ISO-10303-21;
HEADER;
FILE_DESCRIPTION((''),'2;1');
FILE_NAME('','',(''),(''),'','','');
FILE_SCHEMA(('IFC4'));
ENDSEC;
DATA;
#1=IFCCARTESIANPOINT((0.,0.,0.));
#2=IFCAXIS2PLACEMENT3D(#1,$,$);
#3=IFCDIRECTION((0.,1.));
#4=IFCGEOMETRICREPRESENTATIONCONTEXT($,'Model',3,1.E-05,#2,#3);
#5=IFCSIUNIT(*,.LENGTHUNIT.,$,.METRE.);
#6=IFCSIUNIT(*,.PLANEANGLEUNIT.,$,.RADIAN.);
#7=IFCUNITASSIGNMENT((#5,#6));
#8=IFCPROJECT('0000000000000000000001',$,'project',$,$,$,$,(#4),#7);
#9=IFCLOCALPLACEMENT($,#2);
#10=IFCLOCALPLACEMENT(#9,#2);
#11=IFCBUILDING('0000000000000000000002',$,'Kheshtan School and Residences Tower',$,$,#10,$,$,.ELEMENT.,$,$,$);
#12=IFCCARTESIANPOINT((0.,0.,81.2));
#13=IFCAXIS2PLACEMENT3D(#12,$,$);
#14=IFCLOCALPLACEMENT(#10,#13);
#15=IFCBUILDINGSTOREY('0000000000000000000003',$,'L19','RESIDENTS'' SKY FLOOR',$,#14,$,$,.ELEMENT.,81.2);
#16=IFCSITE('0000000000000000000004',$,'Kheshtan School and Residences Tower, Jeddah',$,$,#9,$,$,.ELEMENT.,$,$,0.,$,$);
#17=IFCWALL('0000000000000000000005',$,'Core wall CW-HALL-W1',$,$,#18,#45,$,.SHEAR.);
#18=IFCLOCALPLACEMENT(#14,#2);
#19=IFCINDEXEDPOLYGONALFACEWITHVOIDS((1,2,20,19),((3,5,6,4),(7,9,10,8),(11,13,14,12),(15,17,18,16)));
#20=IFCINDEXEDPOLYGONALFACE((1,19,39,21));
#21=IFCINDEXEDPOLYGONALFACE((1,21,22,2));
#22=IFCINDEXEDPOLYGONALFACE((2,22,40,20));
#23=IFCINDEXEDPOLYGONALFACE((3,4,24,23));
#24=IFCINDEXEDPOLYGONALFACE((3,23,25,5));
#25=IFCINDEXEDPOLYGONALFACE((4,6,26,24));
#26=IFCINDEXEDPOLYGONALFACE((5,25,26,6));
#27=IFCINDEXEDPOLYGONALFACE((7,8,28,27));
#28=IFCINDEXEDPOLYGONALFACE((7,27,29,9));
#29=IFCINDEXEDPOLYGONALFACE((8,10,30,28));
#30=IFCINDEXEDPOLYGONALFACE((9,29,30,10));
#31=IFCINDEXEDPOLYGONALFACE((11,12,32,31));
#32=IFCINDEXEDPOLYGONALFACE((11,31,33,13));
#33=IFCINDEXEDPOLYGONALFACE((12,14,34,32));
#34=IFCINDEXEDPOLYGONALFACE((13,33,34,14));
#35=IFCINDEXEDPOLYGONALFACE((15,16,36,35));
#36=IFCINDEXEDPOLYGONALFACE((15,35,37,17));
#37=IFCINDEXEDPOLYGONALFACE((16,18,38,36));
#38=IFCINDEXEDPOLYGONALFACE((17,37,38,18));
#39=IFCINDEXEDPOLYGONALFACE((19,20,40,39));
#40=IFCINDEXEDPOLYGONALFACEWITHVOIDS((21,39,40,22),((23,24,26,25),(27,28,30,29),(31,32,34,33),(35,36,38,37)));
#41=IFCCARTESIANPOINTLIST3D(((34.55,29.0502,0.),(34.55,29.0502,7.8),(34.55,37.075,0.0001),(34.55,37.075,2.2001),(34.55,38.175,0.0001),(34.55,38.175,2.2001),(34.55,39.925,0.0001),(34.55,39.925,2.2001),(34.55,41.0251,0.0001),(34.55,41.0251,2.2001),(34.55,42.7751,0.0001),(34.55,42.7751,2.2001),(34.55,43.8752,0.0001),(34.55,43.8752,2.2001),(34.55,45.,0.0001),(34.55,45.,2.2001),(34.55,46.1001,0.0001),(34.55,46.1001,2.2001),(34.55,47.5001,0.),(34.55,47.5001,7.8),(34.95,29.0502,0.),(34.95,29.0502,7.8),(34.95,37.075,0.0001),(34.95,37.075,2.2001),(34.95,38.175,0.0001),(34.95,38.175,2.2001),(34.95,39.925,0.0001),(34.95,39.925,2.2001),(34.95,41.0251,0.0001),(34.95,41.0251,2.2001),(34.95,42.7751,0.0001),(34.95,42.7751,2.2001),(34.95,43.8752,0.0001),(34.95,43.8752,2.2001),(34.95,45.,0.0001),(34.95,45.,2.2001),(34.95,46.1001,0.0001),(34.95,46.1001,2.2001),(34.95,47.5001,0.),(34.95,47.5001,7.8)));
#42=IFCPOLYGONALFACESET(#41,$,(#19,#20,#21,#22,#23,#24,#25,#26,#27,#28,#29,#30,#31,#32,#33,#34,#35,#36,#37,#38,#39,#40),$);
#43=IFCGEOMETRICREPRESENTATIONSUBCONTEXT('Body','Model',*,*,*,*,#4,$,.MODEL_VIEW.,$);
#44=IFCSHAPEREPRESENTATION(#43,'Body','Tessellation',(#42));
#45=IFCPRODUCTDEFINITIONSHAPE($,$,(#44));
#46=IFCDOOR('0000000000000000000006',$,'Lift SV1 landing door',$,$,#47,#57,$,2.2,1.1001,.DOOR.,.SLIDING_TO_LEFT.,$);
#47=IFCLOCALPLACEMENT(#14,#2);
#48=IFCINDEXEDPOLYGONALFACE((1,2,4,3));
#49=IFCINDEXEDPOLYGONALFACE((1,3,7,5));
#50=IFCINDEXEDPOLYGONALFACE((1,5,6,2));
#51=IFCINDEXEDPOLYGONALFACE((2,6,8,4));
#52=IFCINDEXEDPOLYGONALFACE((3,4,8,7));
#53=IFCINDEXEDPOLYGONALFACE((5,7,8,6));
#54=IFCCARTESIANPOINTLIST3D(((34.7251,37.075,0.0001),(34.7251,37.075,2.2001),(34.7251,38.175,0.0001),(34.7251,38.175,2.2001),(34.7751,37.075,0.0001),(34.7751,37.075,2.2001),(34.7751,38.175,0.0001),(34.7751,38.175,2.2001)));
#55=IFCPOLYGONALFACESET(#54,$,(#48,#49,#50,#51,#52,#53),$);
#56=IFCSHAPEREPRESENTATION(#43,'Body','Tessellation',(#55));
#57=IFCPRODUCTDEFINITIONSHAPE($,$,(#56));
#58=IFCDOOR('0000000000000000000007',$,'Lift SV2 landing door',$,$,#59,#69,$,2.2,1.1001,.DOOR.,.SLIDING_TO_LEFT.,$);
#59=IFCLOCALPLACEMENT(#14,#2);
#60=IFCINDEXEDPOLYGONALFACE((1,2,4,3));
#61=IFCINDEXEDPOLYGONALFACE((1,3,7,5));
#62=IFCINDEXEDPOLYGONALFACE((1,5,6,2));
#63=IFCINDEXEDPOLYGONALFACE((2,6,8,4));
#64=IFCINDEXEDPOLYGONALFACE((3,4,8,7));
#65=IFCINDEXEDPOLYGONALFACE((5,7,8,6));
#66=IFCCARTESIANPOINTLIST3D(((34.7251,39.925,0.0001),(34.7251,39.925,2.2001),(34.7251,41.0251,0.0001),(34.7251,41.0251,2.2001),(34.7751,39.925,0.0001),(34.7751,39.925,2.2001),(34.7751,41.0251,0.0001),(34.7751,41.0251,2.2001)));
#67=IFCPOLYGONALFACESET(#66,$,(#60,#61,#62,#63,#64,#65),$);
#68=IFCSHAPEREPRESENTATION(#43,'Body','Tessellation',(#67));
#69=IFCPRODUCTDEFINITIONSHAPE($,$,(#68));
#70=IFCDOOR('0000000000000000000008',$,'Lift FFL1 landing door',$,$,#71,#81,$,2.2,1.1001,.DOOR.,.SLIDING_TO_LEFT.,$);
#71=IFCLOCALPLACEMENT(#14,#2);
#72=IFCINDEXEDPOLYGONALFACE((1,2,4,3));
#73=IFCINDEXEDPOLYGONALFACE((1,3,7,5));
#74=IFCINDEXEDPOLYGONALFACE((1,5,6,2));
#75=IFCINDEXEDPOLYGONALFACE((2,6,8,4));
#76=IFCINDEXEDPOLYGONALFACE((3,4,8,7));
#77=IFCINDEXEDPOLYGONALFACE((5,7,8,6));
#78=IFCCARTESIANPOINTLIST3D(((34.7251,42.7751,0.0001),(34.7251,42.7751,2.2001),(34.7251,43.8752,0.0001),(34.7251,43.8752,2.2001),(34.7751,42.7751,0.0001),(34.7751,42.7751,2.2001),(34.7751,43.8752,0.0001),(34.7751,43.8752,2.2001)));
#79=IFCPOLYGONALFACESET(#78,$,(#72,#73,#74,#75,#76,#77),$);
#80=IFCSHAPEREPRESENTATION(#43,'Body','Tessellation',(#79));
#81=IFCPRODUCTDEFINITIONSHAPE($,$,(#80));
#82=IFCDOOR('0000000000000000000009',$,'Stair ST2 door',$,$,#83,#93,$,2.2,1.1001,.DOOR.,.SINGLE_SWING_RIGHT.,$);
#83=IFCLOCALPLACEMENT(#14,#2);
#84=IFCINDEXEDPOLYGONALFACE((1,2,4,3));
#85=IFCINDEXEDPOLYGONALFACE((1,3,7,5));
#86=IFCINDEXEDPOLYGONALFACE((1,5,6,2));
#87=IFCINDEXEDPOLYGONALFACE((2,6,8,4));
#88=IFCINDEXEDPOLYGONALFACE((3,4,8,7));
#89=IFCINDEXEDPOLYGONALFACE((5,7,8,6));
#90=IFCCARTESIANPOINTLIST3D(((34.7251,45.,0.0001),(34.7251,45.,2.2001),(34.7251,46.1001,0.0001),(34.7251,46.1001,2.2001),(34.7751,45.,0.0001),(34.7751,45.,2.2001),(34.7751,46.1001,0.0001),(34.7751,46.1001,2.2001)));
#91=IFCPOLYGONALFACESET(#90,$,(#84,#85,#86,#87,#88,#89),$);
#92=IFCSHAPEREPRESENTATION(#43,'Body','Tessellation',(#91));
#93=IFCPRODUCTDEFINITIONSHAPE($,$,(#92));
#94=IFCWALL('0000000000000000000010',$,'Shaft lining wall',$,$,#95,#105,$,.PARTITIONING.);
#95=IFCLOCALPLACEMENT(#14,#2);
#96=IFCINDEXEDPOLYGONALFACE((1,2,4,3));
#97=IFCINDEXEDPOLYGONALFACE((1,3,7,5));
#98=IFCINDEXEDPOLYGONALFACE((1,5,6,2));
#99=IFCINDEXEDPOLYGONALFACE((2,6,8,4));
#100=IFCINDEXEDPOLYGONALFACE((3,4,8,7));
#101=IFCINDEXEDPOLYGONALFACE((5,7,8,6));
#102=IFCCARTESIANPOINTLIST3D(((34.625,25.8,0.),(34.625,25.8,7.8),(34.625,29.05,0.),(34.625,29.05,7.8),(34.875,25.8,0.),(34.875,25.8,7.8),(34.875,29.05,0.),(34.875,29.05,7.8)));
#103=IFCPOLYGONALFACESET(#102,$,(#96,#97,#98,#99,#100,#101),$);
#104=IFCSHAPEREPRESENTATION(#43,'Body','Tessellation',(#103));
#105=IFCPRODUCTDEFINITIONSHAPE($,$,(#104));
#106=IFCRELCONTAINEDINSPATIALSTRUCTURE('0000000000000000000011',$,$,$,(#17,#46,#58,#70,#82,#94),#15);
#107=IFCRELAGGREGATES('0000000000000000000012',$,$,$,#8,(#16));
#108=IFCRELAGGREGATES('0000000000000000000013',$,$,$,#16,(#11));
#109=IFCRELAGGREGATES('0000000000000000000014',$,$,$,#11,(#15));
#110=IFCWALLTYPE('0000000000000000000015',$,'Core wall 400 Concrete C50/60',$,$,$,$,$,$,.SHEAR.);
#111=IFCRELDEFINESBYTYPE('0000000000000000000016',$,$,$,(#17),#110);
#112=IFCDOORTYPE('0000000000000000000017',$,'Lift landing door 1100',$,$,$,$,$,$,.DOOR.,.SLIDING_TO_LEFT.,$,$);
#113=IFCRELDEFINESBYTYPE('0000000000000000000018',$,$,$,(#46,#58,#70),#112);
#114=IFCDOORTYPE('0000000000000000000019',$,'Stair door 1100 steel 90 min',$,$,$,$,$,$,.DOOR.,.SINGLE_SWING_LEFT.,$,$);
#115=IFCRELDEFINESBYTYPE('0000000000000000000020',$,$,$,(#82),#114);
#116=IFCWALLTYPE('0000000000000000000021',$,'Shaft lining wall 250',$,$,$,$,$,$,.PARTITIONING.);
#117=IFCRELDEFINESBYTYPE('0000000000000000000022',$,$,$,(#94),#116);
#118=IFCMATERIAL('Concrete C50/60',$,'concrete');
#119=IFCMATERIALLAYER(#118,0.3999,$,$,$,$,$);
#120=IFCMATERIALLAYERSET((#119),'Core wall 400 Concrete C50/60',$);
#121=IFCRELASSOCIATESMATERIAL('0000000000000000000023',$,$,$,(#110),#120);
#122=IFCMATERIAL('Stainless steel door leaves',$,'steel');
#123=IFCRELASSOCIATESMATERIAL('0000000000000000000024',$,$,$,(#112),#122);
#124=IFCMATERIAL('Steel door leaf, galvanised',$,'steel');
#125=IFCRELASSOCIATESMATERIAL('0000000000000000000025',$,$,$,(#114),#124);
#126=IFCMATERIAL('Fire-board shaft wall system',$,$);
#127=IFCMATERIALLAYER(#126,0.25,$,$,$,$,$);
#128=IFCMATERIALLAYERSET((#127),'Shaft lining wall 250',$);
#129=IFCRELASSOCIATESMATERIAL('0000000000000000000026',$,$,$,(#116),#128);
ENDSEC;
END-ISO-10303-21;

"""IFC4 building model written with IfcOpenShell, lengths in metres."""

from ifc_helpers import new_model, si_unit, direction, frame, frame_2d, origin, place, context, subcontext, project, spatial, rectangle, extrude, source, transform, mapped, material, layer, layer_set, type_object, element, fill, save


model = new_model("IFC4")

# Units and contexts
model_context = context("Model", 3, precision=1e-05, world=origin(), true_north=direction((0.0, 1.0)))
body_context = subcontext(model_context, "Body", "Model", "MODEL_VIEW")
ifc_project = project(units=[si_unit("LENGTHUNIT", "METRE"), si_unit("PLANEANGLEUNIT", "RADIAN")], contexts=[model_context])

# Site, building, storey
site_placement = place(None, origin())
site = spatial("IfcSite", under=ifc_project, at=site_placement, Name="Kheshtan School and Residences Tower, Jeddah", CompositionType="ELEMENT", RefElevation=0.0)
building_placement = place(site_placement, origin())
building = spatial("IfcBuilding", under=site, at=building_placement, Name="Kheshtan School and Residences Tower", CompositionType="ELEMENT")
storey_placement = place(building_placement, frame((0.0, 0.0, 81.2)))
storey = spatial("IfcBuildingStorey", under=building, at=storey_placement, Name="L19", Description="RESIDENTS' SKY FLOOR", CompositionType="ELEMENT", Elevation=81.2)

# Shared definitions
ifc_material_1 = material(Name="Steel door leaf, galvanised", Category="steel")

# Shared definitions
ifc_material_2 = material(Name="Concrete C50/60", Category="concrete")
ifc_layer_1 = layer(ifc_material_2, 0.3999)
ifc_layer_set_1 = layer_set([ifc_layer_1], Name="Core wall 400 Concrete C50/60")
wall_type_1 = type_object("IfcWallType", Name="Core wall 400 Concrete C50/60", PredefinedType="SHEAR", material=ifc_layer_set_1)
ifc_material_3 = material(Name="Stainless steel door leaves", Category="steel")
door_type_1 = type_object("IfcDoorType", Name="Lift landing door 1100", OperationType="SLIDING_TO_LEFT", PredefinedType="DOOR", material=ifc_material_3)
shared_shape_1 = source(origin(), body_context, "Body", "SweptSolid", [
    extrude(rectangle(XDim=1.1001, YDim=2.2, at=frame_2d((0.55, 1.1001))), frame((0.0, 0.0249, 0.0), z_axis=(0.0, -1.0, 0.0), x_axis=(1.0, 0.0, 0.0)), (0.0, 0.0, 1.0), 0.05),
])

# Wall, openings, doors
wall_1_placement = place(storey_placement, frame((34.75, 29.05, 0.0), z_axis=(0.0, 0.0, 1.0), x_axis=(0.0, 1.0, 0.0)))
wall_1 = element("IfcWall", 1, at=wall_1_placement, inside=storey, type_object=wall_type_1, Name="Core wall CW-HALL-W1", PredefinedType="SHEAR", context=body_context, shape_type="SweptSolid", body=[
    extrude(rectangle(XDim=18.45, YDim=0.3999, at=frame_2d((9.2251, 0.0))), origin(), (0.0, 0.0, 1.0), 7.8),
])
opening_1_placement = place(wall_1_placement, frame((8.0249, 0.0, 0.0)))
opening_1 = element("IfcOpeningElement", 2, at=opening_1_placement, cuts=wall_1, PredefinedType="OPENING", context=body_context, shape_type="SweptSolid", body=[
    extrude(rectangle(XDim=1.1001, YDim=2.2, at=frame_2d((0.55, 1.1001))), frame((0.0, 0.21, 0.0), z_axis=(0.0, -1.0, 0.0), x_axis=(1.0, 0.0, 0.0)), (0.0, 0.0, 1.0), 0.4199),
])
opening_2_placement = place(wall_1_placement, frame((10.875, 0.0, 0.0)))
opening_2 = element("IfcOpeningElement", 3, at=opening_2_placement, cuts=wall_1, PredefinedType="OPENING", context=body_context, shape_type="SweptSolid", body=[
    extrude(rectangle(XDim=1.1001, YDim=2.2, at=frame_2d((0.55, 1.1001))), frame((0.0, 0.21, 0.0), z_axis=(0.0, -1.0, 0.0), x_axis=(1.0, 0.0, 0.0)), (0.0, 0.0, 1.0), 0.4199),
])
opening_3_placement = place(wall_1_placement, frame((13.7251, 0.0, 0.0)))
opening_3 = element("IfcOpeningElement", 4, at=opening_3_placement, cuts=wall_1, PredefinedType="OPENING", context=body_context, shape_type="SweptSolid", body=[
    extrude(rectangle(XDim=1.1001, YDim=2.2, at=frame_2d((0.55, 1.1001))), frame((0.0, 0.21, 0.0), z_axis=(0.0, -1.0, 0.0), x_axis=(1.0, 0.0, 0.0)), (0.0, 0.0, 1.0), 0.4199),
])
opening_4_placement = place(wall_1_placement, frame((15.95, 0.0, 0.0)))
opening_4 = element("IfcOpeningElement", 5, at=opening_4_placement, cuts=wall_1, PredefinedType="OPENING", context=body_context, shape_type="SweptSolid", body=[
    extrude(rectangle(XDim=1.1001, YDim=2.2, at=frame_2d((0.55, 1.1001))), frame((0.0, 0.21, 0.0), z_axis=(0.0, -1.0, 0.0), x_axis=(1.0, 0.0, 0.0)), (0.0, 0.0, 1.0), 0.4199),
])
door_1_placement = place(opening_1_placement, origin())
door_1 = element("IfcDoor", 6, at=door_1_placement, inside=storey, type_object=door_type_1, Name="Lift SV1 landing door", OperationType="SLIDING_TO_LEFT", OverallHeight=2.2, OverallWidth=1.1001, PredefinedType="DOOR", context=body_context, shape_type="MappedRepresentation", body=[
    mapped(shared_shape_1, transform((0.0, 0.0, 0.0), x_axis=(1.0, 0.0, 0.0), y_axis=(0.0, 1.0, 0.0), z_axis=(0.0, 0.0, 1.0), scale=1.0)),
])
fill(opening_1, door_1)
door_2_placement = place(opening_2_placement, origin())
door_2 = element("IfcDoor", 7, at=door_2_placement, inside=storey, type_object=door_type_1, Name="Lift SV2 landing door", OperationType="SLIDING_TO_LEFT", OverallHeight=2.2, OverallWidth=1.1001, PredefinedType="DOOR", context=body_context, shape_type="MappedRepresentation", body=[
    mapped(shared_shape_1, transform((0.0, 0.0, 0.0), x_axis=(1.0, 0.0, 0.0), y_axis=(0.0, 1.0, 0.0), z_axis=(0.0, 0.0, 1.0), scale=1.0)),
])
fill(opening_2, door_2)
door_3_placement = place(opening_3_placement, origin())
door_3 = element("IfcDoor", 8, at=door_3_placement, inside=storey, type_object=door_type_1, Name="Lift FFL1 landing door", OperationType="SLIDING_TO_LEFT", OverallHeight=2.2, OverallWidth=1.1001, PredefinedType="DOOR", context=body_context, shape_type="MappedRepresentation", body=[
    mapped(shared_shape_1, transform((0.0, 0.0, 0.0), x_axis=(1.0, 0.0, 0.0), y_axis=(0.0, 1.0, 0.0), z_axis=(0.0, 0.0, 1.0), scale=1.0)),
])
fill(opening_3, door_3)
door_type_2 = type_object("IfcDoorType", Name="Stair door 1100 steel 90 min", OperationType="SINGLE_SWING_LEFT", PredefinedType="DOOR", material=ifc_material_1)
shared_shape_2 = source(origin(), body_context, "Body", "SweptSolid", [
    extrude(rectangle(XDim=1.1001, YDim=2.2, at=frame_2d((0.55, 1.1001))), frame((0.0, 0.0249, 0.0), z_axis=(0.0, -1.0, 0.0), x_axis=(1.0, 0.0, 0.0)), (0.0, 0.0, 1.0), 0.05),
])
door_4_placement = place(opening_4_placement, origin())
door_4 = element("IfcDoor", 9, at=door_4_placement, inside=storey, type_object=door_type_2, Name="Stair ST2 door", OperationType="SINGLE_SWING_RIGHT", OverallHeight=2.2, OverallWidth=1.1001, PredefinedType="DOOR", context=body_context, shape_type="MappedRepresentation", body=[
    mapped(shared_shape_2, transform((0.0, 0.0, 0.0), x_axis=(1.0, 0.0, 0.0), y_axis=(0.0, 1.0, 0.0), z_axis=(0.0, 0.0, 1.0), scale=1.0)),
])
fill(opening_4, door_4)

# Wall
ifc_material_4 = material(Name="Fire-board shaft wall system")
ifc_layer_2 = layer(ifc_material_4, 0.25)
ifc_layer_set_2 = layer_set([ifc_layer_2], Name="Shaft lining wall 250")
wall_type_2 = type_object("IfcWallType", Name="Shaft lining wall 250", PredefinedType="PARTITIONING", material=ifc_layer_set_2)
wall_2_placement = place(storey_placement, frame((34.75, 25.8, 0.0), z_axis=(0.0, 0.0, 1.0), x_axis=(0.0, 1.0, 0.0)))
element("IfcWall", 10, at=wall_2_placement, inside=storey, type_object=wall_type_2, Name="Shaft lining wall", PredefinedType="PARTITIONING", context=body_context, shape_type="SweptSolid", body=[
    extrude(rectangle(XDim=3.25, YDim=0.25, at=frame_2d((1.625, 0.0))), origin(), (0.0, 0.0, 1.0), 7.8),
])

save(model, "model.ifc")
